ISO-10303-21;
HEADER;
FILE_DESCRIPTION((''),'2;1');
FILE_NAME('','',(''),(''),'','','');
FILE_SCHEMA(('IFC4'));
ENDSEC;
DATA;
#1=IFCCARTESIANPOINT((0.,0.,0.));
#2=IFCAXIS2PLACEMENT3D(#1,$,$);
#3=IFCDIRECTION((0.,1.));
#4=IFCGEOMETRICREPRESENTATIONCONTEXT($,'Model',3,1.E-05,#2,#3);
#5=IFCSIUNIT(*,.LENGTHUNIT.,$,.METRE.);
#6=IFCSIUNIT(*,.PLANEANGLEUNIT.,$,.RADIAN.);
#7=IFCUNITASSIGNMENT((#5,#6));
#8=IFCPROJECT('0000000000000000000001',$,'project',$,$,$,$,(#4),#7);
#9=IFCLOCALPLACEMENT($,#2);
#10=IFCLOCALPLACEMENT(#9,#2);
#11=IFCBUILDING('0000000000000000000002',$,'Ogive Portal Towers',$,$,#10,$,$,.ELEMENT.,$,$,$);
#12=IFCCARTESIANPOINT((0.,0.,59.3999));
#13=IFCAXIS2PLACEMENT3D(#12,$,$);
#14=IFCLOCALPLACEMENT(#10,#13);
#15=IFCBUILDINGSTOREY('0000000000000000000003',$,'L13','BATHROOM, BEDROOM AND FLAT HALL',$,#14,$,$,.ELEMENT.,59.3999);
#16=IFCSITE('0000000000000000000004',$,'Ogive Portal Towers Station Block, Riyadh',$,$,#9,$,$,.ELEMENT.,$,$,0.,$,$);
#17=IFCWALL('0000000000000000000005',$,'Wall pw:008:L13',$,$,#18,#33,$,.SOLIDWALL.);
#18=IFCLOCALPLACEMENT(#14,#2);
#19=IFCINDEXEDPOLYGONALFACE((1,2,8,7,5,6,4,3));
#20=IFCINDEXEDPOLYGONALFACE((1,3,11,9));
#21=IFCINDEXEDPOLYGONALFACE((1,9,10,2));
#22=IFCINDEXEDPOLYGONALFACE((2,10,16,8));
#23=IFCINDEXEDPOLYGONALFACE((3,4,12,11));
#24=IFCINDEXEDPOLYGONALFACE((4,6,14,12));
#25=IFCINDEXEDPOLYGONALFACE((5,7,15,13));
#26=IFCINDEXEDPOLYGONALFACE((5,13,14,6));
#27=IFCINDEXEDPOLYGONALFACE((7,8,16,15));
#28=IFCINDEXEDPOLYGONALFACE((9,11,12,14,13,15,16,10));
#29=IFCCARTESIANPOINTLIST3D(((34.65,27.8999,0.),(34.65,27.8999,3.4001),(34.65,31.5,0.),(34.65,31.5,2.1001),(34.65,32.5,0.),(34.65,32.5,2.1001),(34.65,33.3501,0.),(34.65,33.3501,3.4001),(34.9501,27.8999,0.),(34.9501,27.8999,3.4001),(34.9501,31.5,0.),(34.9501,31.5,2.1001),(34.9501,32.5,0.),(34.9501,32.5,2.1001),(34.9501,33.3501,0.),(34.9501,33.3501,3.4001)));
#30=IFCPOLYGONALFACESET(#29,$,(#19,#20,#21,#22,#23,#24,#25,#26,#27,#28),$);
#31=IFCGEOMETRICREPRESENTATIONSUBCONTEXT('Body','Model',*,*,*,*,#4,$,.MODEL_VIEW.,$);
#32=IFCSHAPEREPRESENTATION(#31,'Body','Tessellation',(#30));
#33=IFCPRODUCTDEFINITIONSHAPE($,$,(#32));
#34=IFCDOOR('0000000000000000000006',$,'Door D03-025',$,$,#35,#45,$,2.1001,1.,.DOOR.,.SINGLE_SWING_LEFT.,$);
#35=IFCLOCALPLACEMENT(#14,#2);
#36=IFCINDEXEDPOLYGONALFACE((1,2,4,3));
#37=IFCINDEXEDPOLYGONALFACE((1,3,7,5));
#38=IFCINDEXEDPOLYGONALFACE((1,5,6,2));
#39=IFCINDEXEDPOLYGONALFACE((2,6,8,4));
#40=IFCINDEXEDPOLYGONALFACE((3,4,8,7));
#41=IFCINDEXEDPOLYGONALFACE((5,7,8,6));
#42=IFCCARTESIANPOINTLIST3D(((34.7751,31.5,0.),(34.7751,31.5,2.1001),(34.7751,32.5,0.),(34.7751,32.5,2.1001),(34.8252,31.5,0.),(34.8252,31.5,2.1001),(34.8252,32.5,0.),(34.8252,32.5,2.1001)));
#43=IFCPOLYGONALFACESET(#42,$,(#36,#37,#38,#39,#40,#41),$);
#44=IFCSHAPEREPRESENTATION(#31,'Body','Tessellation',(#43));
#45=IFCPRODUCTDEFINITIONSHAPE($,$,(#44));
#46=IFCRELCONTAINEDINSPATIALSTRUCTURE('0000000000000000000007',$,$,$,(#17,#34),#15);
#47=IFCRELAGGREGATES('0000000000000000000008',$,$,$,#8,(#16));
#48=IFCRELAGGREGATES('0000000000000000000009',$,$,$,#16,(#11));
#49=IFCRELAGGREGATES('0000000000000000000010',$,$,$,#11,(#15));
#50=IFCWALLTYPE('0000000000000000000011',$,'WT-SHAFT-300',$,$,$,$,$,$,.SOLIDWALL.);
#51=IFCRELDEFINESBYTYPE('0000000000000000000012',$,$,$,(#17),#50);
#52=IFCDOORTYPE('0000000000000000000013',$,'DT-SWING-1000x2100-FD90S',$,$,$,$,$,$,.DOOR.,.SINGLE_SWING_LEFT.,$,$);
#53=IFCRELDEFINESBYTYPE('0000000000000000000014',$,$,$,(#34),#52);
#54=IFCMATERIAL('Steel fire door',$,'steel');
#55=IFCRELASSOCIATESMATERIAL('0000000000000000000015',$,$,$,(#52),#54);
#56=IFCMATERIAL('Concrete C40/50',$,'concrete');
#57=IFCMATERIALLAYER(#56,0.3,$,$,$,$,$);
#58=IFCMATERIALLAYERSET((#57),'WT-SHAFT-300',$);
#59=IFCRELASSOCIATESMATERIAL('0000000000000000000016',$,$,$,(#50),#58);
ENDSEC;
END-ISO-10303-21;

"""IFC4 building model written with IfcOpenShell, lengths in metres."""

from ifc_helpers import new_model, si_unit, direction, frame, frame_2d, origin, place, context, subcontext, project, spatial, rectangle, extrude, material, layer, layer_set, type_object, element, fill, save


model = new_model("IFC4")

# Units and contexts
model_context = context("Model", 3, precision=1e-05, world=origin(), true_north=direction((0.0, 1.0)))
body_context = subcontext(model_context, "Body", "Model", "MODEL_VIEW")
ifc_project = project(units=[si_unit("LENGTHUNIT", "METRE"), si_unit("PLANEANGLEUNIT", "RADIAN")], contexts=[model_context])

# Site, building, storey
site_placement = place(None, origin())
site = spatial("IfcSite", under=ifc_project, at=site_placement, Name="Ogive Portal Towers Station Block, Riyadh", CompositionType="ELEMENT", RefElevation=0.0)
building_placement = place(site_placement, origin())
building = spatial("IfcBuilding", under=site, at=building_placement, Name="Ogive Portal Towers", CompositionType="ELEMENT")
storey_placement = place(building_placement, frame((0.0, 0.0, 59.3999)))
storey = spatial("IfcBuildingStorey", under=building, at=storey_placement, Name="L13", Description="BATHROOM, BEDROOM AND FLAT HALL", CompositionType="ELEMENT", Elevation=59.3999)

# Shared definitions
ifc_material_1 = material(Name="Steel fire door", Category="steel")
door_type_1 = type_object("IfcDoorType", Name="DT-SWING-1000x2100-FD90S", OperationType="SINGLE_SWING_LEFT", PredefinedType="DOOR", material=ifc_material_1)

# Shared definitions
ifc_material_2 = material(Name="Concrete C40/50", Category="concrete")
ifc_layer_1 = layer(ifc_material_2, 0.3)
ifc_layer_set_1 = layer_set([ifc_layer_1], Name="WT-SHAFT-300")
wall_type_1 = type_object("IfcWallType", Name="WT-SHAFT-300", PredefinedType="SOLIDWALL", material=ifc_layer_set_1)

# Wall, opening, door
wall_1_placement = place(storey_placement, frame((34.8, 27.8999, 0.0), z_axis=(0.0, 0.0, 1.0), x_axis=(0.0, 1.0, 0.0)))
wall_1 = element("IfcWall", 1, at=wall_1_placement, inside=storey, type_object=wall_type_1, Name="Wall pw:008:L13", PredefinedType="SOLIDWALL", context=body_context, shape_type="SweptSolid", body=[
    extrude(rectangle(XDim=5.4502, YDim=0.3, at=frame_2d((2.7251, 0.0))), origin(), (0.0, 0.0, 1.0), 3.4001),
])
opening_1_placement = place(wall_1_placement, frame((3.6001, 0.0, 0.0)))
opening_1 = element("IfcOpeningElement", 2, at=opening_1_placement, cuts=wall_1, PredefinedType="OPENING", context=body_context, shape_type="SweptSolid", body=[
    extrude(rectangle(XDim=1.0, YDim=2.1001, at=frame_2d((0.5, 1.05))), frame((0.0, 0.1602, 0.0), z_axis=(0.0, -1.0, 0.0), x_axis=(1.0, 0.0, 0.0)), (0.0, 0.0, 1.0), 0.3201),
])
door_1_placement = place(opening_1_placement, origin())
door_1 = element("IfcDoor", 3, at=door_1_placement, inside=storey, type_object=door_type_1, Name="Door D03-025", OperationType="SINGLE_SWING_LEFT", OverallHeight=2.1001, OverallWidth=1.0, PredefinedType="DOOR", context=body_context, shape_type="SweptSolid", body=[
    extrude(rectangle(XDim=1.0, YDim=2.1001, at=frame_2d((0.5, 1.05))), frame((0.0, 0.0249, 0.0), z_axis=(0.0, -1.0, 0.0), x_axis=(1.0, 0.0, 0.0)), (0.0, 0.0, 1.0), 0.05),
])
fill(opening_1, door_1)

save(model, "model.ifc")
